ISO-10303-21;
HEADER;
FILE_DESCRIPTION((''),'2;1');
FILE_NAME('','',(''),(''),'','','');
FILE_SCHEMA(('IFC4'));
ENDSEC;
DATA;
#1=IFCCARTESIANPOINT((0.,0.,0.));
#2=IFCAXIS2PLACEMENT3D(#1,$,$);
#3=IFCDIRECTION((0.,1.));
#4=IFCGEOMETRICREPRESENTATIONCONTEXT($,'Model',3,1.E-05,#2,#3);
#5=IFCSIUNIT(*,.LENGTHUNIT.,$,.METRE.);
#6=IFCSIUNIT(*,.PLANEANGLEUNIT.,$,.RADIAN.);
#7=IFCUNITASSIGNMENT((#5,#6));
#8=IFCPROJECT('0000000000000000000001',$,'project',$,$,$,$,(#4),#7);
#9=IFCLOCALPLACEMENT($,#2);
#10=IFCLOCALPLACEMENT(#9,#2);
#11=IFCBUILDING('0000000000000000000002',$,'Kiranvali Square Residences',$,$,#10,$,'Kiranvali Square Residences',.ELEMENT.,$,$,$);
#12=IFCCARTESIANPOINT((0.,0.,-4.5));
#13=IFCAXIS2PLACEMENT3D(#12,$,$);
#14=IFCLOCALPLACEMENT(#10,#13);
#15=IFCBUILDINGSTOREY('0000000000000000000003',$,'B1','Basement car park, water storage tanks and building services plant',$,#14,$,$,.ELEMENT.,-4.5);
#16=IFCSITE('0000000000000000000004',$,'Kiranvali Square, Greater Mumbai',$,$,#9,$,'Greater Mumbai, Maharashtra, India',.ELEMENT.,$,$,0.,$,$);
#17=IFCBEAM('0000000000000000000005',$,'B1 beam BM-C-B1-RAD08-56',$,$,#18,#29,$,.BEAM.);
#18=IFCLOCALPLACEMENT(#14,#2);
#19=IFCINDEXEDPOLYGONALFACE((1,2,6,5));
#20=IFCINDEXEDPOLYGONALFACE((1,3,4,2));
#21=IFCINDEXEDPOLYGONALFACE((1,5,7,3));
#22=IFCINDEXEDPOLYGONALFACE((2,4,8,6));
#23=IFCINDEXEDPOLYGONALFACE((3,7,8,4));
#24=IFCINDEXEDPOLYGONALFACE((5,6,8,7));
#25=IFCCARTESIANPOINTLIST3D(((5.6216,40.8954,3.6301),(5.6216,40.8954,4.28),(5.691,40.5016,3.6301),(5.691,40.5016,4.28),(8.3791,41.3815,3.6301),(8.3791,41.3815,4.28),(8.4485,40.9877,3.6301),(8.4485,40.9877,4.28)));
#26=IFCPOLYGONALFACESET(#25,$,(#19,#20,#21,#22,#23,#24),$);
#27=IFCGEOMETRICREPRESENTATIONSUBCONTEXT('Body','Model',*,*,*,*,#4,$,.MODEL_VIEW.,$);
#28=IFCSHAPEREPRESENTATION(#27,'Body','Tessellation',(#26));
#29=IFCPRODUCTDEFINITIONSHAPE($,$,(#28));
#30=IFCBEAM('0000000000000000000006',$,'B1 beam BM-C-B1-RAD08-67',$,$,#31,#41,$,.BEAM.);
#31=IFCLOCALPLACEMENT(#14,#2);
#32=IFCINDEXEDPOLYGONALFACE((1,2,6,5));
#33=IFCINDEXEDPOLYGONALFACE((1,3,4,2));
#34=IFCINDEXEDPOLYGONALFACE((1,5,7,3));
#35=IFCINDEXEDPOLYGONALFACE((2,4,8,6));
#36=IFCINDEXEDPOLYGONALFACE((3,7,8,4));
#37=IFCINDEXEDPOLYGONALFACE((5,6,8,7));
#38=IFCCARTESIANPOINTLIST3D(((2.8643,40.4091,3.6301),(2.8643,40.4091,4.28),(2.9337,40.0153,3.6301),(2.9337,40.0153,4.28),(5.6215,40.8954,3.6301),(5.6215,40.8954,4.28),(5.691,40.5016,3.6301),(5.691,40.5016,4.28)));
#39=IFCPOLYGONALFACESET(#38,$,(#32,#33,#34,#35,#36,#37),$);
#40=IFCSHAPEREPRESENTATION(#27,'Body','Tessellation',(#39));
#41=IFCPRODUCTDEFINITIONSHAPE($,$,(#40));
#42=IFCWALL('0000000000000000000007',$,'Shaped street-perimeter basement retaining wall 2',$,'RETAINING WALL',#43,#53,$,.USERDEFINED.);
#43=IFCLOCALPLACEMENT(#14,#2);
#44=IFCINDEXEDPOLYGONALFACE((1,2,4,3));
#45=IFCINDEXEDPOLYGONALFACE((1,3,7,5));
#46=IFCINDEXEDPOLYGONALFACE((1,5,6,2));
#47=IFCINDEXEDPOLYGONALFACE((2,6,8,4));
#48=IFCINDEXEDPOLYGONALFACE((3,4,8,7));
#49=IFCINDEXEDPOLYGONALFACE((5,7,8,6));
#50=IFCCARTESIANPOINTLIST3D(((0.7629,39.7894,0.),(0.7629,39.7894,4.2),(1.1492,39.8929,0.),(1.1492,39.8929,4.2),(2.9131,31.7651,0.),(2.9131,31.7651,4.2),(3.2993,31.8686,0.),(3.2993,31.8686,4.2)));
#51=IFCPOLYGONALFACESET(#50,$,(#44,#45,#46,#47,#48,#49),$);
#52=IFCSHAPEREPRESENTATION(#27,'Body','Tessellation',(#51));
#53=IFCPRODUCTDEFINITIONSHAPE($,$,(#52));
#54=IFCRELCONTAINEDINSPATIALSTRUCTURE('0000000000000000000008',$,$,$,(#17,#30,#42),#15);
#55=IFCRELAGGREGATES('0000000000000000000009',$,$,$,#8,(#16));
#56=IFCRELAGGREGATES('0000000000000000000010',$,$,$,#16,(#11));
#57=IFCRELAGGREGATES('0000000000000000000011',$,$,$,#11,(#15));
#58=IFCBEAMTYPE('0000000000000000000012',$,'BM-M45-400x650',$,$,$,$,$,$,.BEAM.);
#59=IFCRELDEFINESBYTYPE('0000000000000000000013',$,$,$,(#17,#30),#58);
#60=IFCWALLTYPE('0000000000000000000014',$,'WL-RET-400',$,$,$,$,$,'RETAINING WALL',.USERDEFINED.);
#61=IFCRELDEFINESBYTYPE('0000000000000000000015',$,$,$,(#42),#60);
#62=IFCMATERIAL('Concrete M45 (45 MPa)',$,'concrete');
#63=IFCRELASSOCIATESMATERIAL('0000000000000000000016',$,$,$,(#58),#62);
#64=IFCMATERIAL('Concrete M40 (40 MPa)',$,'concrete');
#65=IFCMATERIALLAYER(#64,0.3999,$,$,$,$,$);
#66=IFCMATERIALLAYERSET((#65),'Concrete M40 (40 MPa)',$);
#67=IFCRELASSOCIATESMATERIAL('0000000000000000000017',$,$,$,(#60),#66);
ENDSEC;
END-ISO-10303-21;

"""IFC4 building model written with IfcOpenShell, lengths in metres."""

from ifc_helpers import new_model, si_unit, direction, frame, frame_2d, origin, origin_2d, place, context, subcontext, project, spatial, rectangle, extrude, material, layer, layer_set, material_profile, profile_set, type_object, element, save


model = new_model("IFC4")

# Units and contexts
model_context = context("Model", 3, precision=1e-05, world=origin(), true_north=direction((0.0, 1.0)))
body_context = subcontext(model_context, "Body", "Model", "MODEL_VIEW")
ifc_project = project(units=[si_unit("LENGTHUNIT", "METRE"), si_unit("PLANEANGLEUNIT", "RADIAN")], contexts=[model_context])

# Site, building, storey
site_placement = place(None, origin())
site = spatial("IfcSite", under=ifc_project, at=site_placement, Name="Kiranvali Square, Greater Mumbai", LongName="Greater Mumbai, Maharashtra, India", CompositionType="ELEMENT", RefElevation=0.0)
building_placement = place(site_placement, origin())
building = spatial("IfcBuilding", under=site, at=building_placement, Name="Kiranvali Square Residences", LongName="Kiranvali Square Residences", CompositionType="ELEMENT")
storey_placement = place(building_placement, frame((0.0, 0.0, -4.5)))
storey = spatial("IfcBuildingStorey", under=building, at=storey_placement, Name="B1", Description="Basement car park, water storage tanks and building services plant", CompositionType="ELEMENT", Elevation=-4.5)

# Shared definitions
ifc_material_1 = material(Name="Concrete M40 (40 MPa)", Category="concrete")

# Beams
ifc_material_2 = material(Name="Concrete M45 (45 MPa)", Category="concrete")
ifc_material_profile_1 = material_profile(ifc_material_2, rectangle(XDim=0.3999, YDim=0.6499, at=origin_2d()), Name="RC 400x650")
ifc_profile_set_1 = profile_set([ifc_material_profile_1], Name="Concrete M45 (45 MPa)")
beam_type = type_object("IfcBeamType", Name="BM-M45-400x650", PredefinedType="BEAM", material=ifc_profile_set_1)
beam_1_placement = place(storey_placement, frame((8.4138, 41.1846, 3.9551), z_axis=(-0.984817, -0.173596, 0.0), x_axis=(0.173596, -0.984817, 0.0)))
element("IfcBeam", 1, at=beam_1_placement, inside=storey, type_object=beam_type, Name="B1 beam BM-C-B1-RAD08-56", PredefinedType="BEAM", context=body_context, shape_type="SweptSolid", body=[
    extrude(rectangle(XDim=0.3999, YDim=0.6499, at=origin_2d()), origin(), (0.0, 0.0, 1.0), 2.8),
])
beam_2_placement = place(storey_placement, frame((5.6562, 40.6985, 3.9551), z_axis=(-0.984799, -0.173696, 0.0), x_axis=(0.173696, -0.984799, 0.0)))
element("IfcBeam", 2, at=beam_2_placement, inside=storey, type_object=beam_type, Name="B1 beam BM-C-B1-RAD08-67", PredefinedType="BEAM", context=body_context, shape_type="SweptSolid", body=[
    extrude(rectangle(XDim=0.3999, YDim=0.6499, at=origin_2d()), origin(), (0.0, 0.0, 1.0), 2.7998),
])

# Wall
ifc_layer = layer(ifc_material_1, 0.3999)
ifc_layer_set = layer_set([ifc_layer], Name="Concrete M40 (40 MPa)")
wall_type = type_object("IfcWallType", Name="WL-RET-400", ElementType="RETAINING WALL", PredefinedType="USERDEFINED", material=ifc_layer_set)
wall_placement = place(storey_placement, frame((0.9561, 39.8413, 0.0), z_axis=(0.0, 0.0, 1.0), x_axis=(0.25882, -0.965925, 0.0)))
element("IfcWall", 3, at=wall_placement, inside=storey, type_object=wall_type, Name="Shaped street-perimeter basement retaining wall 2", ObjectType="RETAINING WALL", PredefinedType="USERDEFINED", context=body_context, shape_type="SweptSolid", body=[
    extrude(rectangle(XDim=8.3074, YDim=0.3999, at=frame_2d((4.1538, 0.0))), origin(), (0.0, 0.0, 1.0), 4.2),
])

save(model, "model.ifc")
